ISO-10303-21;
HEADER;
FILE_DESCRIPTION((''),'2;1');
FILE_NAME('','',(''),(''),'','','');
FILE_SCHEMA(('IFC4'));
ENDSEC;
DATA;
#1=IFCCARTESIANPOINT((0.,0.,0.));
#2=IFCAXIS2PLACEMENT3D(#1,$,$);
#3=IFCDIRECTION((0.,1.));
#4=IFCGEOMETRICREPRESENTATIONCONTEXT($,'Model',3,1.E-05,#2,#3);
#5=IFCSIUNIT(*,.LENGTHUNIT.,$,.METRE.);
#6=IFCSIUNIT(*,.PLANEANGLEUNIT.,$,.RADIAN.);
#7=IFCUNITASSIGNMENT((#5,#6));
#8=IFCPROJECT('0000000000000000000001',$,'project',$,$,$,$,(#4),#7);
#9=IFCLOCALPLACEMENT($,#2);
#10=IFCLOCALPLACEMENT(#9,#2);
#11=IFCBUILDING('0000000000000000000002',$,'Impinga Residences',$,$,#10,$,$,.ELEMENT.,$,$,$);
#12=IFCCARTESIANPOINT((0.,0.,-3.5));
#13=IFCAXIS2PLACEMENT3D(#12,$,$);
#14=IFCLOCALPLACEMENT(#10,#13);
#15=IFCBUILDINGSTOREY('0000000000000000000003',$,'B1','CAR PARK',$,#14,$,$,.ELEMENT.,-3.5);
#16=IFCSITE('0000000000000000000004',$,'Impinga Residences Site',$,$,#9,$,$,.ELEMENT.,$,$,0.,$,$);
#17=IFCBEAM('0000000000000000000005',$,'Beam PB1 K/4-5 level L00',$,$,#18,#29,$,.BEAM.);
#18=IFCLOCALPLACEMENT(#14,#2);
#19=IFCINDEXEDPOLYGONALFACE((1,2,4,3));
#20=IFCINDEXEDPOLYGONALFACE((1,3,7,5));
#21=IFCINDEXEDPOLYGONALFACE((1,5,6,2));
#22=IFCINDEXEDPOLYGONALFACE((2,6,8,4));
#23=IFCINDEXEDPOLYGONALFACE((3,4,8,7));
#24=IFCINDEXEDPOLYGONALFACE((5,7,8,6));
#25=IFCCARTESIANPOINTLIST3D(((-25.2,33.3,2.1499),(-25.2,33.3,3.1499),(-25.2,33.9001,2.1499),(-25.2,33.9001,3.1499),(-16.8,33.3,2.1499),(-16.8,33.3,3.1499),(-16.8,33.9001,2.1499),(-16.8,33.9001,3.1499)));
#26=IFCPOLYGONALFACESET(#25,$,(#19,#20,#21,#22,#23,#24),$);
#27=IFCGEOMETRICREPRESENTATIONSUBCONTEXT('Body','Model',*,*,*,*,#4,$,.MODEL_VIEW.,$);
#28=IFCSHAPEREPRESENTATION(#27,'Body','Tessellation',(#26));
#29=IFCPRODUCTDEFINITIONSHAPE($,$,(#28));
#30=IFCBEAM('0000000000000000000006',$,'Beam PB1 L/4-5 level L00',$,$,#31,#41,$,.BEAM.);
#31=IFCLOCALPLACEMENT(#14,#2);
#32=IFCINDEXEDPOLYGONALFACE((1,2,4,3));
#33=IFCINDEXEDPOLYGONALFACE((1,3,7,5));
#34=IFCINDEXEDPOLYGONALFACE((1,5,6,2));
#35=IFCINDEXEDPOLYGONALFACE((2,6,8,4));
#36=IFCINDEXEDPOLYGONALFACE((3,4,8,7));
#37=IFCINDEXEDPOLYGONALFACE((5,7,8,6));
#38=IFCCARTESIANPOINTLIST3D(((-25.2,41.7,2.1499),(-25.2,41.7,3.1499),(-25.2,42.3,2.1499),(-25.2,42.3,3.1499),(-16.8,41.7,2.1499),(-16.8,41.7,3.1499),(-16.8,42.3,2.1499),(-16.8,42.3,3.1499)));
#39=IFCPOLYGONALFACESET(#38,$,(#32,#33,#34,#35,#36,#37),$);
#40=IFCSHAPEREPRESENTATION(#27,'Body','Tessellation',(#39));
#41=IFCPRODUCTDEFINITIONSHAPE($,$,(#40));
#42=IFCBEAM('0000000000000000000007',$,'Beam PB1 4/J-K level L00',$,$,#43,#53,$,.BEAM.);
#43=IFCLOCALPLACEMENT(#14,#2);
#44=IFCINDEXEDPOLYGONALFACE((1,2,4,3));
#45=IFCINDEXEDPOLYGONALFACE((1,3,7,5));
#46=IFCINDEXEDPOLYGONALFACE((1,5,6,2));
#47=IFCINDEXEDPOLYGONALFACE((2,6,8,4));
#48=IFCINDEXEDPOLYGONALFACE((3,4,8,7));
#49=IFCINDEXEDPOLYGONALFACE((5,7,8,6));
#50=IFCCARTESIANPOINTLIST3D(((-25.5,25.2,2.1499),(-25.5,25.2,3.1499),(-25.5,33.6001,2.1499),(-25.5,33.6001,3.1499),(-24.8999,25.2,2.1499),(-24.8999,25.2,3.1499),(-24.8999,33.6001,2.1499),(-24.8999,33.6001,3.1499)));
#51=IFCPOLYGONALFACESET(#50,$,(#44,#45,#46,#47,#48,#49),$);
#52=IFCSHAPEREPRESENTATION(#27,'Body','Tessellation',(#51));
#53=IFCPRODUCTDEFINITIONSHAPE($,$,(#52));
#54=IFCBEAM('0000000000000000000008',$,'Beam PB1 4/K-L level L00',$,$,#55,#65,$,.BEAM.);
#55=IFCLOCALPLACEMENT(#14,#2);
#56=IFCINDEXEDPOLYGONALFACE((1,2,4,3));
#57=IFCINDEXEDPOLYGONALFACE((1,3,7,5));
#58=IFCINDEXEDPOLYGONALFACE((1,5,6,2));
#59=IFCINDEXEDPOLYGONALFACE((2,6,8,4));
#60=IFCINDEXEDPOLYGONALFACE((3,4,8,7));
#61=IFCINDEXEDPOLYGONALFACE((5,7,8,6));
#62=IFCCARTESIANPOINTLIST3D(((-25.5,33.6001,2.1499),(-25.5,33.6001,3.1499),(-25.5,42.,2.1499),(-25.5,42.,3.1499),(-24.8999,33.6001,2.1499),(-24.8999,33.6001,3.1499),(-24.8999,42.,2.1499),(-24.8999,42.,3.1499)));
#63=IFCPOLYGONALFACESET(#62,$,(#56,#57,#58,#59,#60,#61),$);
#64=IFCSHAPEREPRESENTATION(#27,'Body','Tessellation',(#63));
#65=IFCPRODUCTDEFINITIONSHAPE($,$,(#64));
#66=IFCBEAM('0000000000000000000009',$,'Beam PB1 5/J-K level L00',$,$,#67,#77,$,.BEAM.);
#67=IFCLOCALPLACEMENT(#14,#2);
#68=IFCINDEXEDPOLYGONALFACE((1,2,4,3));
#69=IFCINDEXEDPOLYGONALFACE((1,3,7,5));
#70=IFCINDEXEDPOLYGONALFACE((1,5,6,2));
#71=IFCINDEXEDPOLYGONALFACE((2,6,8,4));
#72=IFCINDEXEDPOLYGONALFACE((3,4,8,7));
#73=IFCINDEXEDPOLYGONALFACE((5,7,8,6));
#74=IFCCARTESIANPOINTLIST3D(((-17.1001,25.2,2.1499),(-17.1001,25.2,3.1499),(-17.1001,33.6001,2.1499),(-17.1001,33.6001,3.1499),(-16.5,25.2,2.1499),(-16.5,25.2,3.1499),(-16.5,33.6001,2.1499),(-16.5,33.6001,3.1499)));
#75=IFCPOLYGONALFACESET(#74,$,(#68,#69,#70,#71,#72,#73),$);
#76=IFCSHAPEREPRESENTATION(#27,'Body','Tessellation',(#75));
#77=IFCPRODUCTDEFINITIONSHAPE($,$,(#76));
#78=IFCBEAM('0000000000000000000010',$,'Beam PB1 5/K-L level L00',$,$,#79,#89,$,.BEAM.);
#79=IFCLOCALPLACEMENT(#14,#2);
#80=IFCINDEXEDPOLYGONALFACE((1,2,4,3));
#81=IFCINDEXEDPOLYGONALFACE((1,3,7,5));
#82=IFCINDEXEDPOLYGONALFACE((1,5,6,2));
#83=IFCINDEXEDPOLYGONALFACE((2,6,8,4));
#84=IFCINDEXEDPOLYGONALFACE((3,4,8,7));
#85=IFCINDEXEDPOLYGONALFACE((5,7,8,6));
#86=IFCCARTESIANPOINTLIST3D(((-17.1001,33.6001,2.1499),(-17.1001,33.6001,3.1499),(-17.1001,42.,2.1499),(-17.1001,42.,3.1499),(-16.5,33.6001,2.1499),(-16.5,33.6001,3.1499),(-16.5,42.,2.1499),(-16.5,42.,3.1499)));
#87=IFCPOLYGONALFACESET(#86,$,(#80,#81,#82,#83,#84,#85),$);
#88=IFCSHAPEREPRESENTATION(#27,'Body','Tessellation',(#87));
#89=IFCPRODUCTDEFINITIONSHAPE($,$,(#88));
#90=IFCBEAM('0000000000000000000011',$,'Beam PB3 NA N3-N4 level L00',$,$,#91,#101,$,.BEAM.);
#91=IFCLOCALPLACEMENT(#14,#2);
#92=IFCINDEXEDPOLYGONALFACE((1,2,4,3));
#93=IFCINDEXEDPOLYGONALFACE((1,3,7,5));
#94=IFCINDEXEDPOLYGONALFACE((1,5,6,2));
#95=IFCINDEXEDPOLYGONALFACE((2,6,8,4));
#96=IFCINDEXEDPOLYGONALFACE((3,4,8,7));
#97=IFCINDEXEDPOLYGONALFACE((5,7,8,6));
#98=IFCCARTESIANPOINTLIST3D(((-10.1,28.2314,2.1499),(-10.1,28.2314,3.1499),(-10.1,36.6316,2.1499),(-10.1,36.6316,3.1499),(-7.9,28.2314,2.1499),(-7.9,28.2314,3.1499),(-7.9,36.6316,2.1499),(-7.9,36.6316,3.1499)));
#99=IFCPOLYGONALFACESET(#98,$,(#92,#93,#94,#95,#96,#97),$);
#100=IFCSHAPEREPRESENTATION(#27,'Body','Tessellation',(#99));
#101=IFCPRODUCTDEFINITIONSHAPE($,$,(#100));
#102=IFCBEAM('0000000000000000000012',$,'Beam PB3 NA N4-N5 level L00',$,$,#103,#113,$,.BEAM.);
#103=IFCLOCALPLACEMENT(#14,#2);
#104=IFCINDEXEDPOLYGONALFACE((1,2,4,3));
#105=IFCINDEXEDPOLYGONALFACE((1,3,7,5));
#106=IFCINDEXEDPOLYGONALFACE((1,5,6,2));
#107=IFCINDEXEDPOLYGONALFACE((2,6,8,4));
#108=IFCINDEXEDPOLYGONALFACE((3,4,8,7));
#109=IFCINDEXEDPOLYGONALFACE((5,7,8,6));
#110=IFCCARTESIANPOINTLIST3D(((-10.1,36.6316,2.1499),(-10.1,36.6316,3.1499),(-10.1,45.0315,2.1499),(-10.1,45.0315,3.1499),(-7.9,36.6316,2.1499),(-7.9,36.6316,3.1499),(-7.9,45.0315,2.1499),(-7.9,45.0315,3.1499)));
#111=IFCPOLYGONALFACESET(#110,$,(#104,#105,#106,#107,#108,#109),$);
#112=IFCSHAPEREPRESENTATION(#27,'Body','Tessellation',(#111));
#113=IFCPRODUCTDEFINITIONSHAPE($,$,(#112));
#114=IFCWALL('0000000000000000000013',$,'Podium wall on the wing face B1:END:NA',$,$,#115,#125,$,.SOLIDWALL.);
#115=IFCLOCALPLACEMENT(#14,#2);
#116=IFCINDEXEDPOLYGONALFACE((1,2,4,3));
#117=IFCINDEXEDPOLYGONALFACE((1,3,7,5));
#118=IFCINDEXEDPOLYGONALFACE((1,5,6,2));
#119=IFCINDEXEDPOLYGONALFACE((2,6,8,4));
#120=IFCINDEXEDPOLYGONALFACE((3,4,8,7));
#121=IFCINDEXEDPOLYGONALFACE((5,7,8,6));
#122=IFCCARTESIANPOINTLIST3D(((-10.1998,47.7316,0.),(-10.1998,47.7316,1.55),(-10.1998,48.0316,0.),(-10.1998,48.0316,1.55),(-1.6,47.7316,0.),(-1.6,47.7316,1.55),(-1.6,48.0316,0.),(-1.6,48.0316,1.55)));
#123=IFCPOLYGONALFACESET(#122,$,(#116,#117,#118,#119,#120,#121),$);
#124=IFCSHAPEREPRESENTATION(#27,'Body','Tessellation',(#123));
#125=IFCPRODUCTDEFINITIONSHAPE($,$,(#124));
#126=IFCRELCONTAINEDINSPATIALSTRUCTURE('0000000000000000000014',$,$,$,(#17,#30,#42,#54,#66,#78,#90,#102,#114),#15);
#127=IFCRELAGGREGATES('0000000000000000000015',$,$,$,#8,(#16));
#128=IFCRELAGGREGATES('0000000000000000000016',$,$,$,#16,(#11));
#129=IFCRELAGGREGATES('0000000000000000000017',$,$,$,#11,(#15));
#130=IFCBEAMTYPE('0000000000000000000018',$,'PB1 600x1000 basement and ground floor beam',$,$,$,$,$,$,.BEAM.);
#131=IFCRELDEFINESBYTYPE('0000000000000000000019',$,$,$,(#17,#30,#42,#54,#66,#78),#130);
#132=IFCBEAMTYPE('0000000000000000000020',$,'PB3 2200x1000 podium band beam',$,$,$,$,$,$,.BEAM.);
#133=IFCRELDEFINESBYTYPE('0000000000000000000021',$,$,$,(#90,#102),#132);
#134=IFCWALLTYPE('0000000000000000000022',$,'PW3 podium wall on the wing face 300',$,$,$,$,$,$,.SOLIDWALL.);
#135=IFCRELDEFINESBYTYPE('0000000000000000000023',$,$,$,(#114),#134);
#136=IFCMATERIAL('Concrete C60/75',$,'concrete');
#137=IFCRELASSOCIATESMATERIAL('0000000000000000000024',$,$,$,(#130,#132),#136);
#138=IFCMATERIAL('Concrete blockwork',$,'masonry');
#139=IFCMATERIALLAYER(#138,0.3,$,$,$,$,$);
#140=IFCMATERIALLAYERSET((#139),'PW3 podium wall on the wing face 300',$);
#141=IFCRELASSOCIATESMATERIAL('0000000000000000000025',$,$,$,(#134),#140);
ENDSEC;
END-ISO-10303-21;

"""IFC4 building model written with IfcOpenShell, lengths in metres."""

from ifc_helpers import new_model, si_unit, direction, frame, frame_2d, origin, origin_2d, place, context, subcontext, project, spatial, rectangle, extrude, material, layer, layer_set, material_profile, profile_set, type_object, element, save


model = new_model("IFC4")

# Units and contexts
model_context = context("Model", 3, precision=1e-05, world=origin(), true_north=direction((0.0, 1.0)))
body_context = subcontext(model_context, "Body", "Model", "MODEL_VIEW")
ifc_project = project(units=[si_unit("LENGTHUNIT", "METRE"), si_unit("PLANEANGLEUNIT", "RADIAN")], contexts=[model_context])

# Site, building, storey
site_placement = place(None, origin())
site = spatial("IfcSite", under=ifc_project, at=site_placement, Name="Impinga Residences Site", CompositionType="ELEMENT", RefElevation=0.0)
building_placement = place(site_placement, origin())
building = spatial("IfcBuilding", under=site, at=building_placement, Name="Impinga Residences", CompositionType="ELEMENT")
storey_placement = place(building_placement, frame((0.0, 0.0, -3.5)))
storey = spatial("IfcBuildingStorey", under=building, at=storey_placement, Name="B1", Description="CAR PARK", CompositionType="ELEMENT", Elevation=-3.5)

# Beams
ifc_material_1 = material(Name="Concrete C60/75", Category="concrete")
ifc_material_profile_1 = material_profile(ifc_material_1, rectangle(XDim=0.6001, YDim=1.0, at=origin_2d()), Name="RC 600x1000")
ifc_profile_set_1 = profile_set([ifc_material_profile_1], Name="Concrete C60/75")
beam_type_1 = type_object("IfcBeamType", Name="PB1 600x1000 basement and ground floor beam", PredefinedType="BEAM", material=ifc_profile_set_1)
for number, where, z_axis, x_axis, name in (
    (1, (-25.2, 33.6001, 2.6499), (1.0, 0.0, 0.0), (0.0, 1.0, 0.0), "Beam PB1 K/4-5 level L00"),
    (2, (-25.2, 42.0, 2.6499), (1.0, 0.0, 0.0), (0.0, 1.0, 0.0), "Beam PB1 L/4-5 level L00"),
):
    element("IfcBeam", number, at=place(storey_placement, frame(where, z_axis=z_axis, x_axis=x_axis)), inside=storey, type_object=beam_type_1, Name=name, PredefinedType="BEAM", context=body_context, shape_type="SweptSolid", body=[
        extrude(rectangle(XDim=0.6001, YDim=1.0, at=origin_2d()), origin(), (0.0, 0.0, 1.0), 8.3999),
    ])
beam_1_placement = place(storey_placement, frame((-25.2, 25.2, 2.6499), z_axis=(0.0, 1.0, 0.0), x_axis=(-1.0, 0.0, 0.0)))
element("IfcBeam", 3, at=beam_1_placement, inside=storey, type_object=beam_type_1, Name="Beam PB1 4/J-K level L00", PredefinedType="BEAM", context=body_context, shape_type="SweptSolid", body=[
    extrude(rectangle(XDim=0.6001, YDim=1.0, at=origin_2d()), origin(), (0.0, 0.0, 1.0), 8.4001),
])
beam_2_placement = place(storey_placement, frame((-25.2, 33.6001, 2.6499), z_axis=(0.0, 1.0, 0.0), x_axis=(-1.0, 0.0, 0.0)))
element("IfcBeam", 4, at=beam_2_placement, inside=storey, type_object=beam_type_1, Name="Beam PB1 4/K-L level L00", PredefinedType="BEAM", context=body_context, shape_type="SweptSolid", body=[
    extrude(rectangle(XDim=0.6001, YDim=1.0, at=origin_2d()), origin(), (0.0, 0.0, 1.0), 8.3999),
])
beam_3_placement = place(storey_placement, frame((-16.8, 25.2, 2.6499), z_axis=(0.0, 1.0, 0.0), x_axis=(-1.0, 0.0, 0.0)))
element("IfcBeam", 5, at=beam_3_placement, inside=storey, type_object=beam_type_1, Name="Beam PB1 5/J-K level L00", PredefinedType="BEAM", context=body_context, shape_type="SweptSolid", body=[
    extrude(rectangle(XDim=0.6001, YDim=1.0, at=origin_2d()), origin(), (0.0, 0.0, 1.0), 8.4001),
])
beam_4_placement = place(storey_placement, frame((-16.8, 33.6001, 2.6499), z_axis=(0.0, 1.0, 0.0), x_axis=(-1.0, 0.0, 0.0)))
element("IfcBeam", 6, at=beam_4_placement, inside=storey, type_object=beam_type_1, Name="Beam PB1 5/K-L level L00", PredefinedType="BEAM", context=body_context, shape_type="SweptSolid", body=[
    extrude(rectangle(XDim=0.6001, YDim=1.0, at=origin_2d()), origin(), (0.0, 0.0, 1.0), 8.3999),
])
ifc_material_profile_2 = material_profile(ifc_material_1, rectangle(XDim=2.2, YDim=1.0, at=origin_2d()), Name="RC 2200x1000")
ifc_profile_set_2 = profile_set([ifc_material_profile_2], Name="Concrete C60/75")
beam_type_2 = type_object("IfcBeamType", Name="PB3 2200x1000 podium band beam", PredefinedType="BEAM", material=ifc_profile_set_2)
beam_5_placement = place(storey_placement, frame((-9.0, 28.2314, 2.6499), z_axis=(0.0, 1.0, 0.0), x_axis=(-1.0, 0.0, 0.0)))
element("IfcBeam", 7, at=beam_5_placement, inside=storey, type_object=beam_type_2, Name="Beam PB3 NA N3-N4 level L00", PredefinedType="BEAM", context=body_context, shape_type="SweptSolid", body=[
    extrude(rectangle(XDim=2.2, YDim=1.0, at=origin_2d()), origin(), (0.0, 0.0, 1.0), 8.4001),
])
beam_6_placement = place(storey_placement, frame((-9.0, 36.6316, 2.6499), z_axis=(0.0, 1.0, 0.0), x_axis=(-1.0, 0.0, 0.0)))
element("IfcBeam", 8, at=beam_6_placement, inside=storey, type_object=beam_type_2, Name="Beam PB3 NA N4-N5 level L00", PredefinedType="BEAM", context=body_context, shape_type="SweptSolid", body=[
    extrude(rectangle(XDim=2.2, YDim=1.0, at=origin_2d()), origin(), (0.0, 0.0, 1.0), 8.3999),
])

# Wall
ifc_material_2 = material(Name="Concrete blockwork", Category="masonry")
ifc_layer = layer(ifc_material_2, 0.3)
ifc_layer_set = layer_set([ifc_layer], Name="PW3 podium wall on the wing face 300")
wall_type = type_object("IfcWallType", Name="PW3 podium wall on the wing face 300", PredefinedType="SOLIDWALL", material=ifc_layer_set)
wall_placement = place(storey_placement, frame((-1.6001, 47.8816, 0.0), z_axis=(0.0, 0.0, 1.0), x_axis=(-1.0, 0.0, 0.0)))
element("IfcWall", 9, at=wall_placement, inside=storey, type_object=wall_type, Name="Podium wall on the wing face B1:END:NA", PredefinedType="SOLIDWALL", context=body_context, shape_type="SweptSolid", body=[
    extrude(rectangle(XDim=8.5999, YDim=0.3, at=frame_2d((4.2998, 0.0))), origin(), (0.0, 0.0, 1.0), 1.55),
])

save(model, "model.ifc")
